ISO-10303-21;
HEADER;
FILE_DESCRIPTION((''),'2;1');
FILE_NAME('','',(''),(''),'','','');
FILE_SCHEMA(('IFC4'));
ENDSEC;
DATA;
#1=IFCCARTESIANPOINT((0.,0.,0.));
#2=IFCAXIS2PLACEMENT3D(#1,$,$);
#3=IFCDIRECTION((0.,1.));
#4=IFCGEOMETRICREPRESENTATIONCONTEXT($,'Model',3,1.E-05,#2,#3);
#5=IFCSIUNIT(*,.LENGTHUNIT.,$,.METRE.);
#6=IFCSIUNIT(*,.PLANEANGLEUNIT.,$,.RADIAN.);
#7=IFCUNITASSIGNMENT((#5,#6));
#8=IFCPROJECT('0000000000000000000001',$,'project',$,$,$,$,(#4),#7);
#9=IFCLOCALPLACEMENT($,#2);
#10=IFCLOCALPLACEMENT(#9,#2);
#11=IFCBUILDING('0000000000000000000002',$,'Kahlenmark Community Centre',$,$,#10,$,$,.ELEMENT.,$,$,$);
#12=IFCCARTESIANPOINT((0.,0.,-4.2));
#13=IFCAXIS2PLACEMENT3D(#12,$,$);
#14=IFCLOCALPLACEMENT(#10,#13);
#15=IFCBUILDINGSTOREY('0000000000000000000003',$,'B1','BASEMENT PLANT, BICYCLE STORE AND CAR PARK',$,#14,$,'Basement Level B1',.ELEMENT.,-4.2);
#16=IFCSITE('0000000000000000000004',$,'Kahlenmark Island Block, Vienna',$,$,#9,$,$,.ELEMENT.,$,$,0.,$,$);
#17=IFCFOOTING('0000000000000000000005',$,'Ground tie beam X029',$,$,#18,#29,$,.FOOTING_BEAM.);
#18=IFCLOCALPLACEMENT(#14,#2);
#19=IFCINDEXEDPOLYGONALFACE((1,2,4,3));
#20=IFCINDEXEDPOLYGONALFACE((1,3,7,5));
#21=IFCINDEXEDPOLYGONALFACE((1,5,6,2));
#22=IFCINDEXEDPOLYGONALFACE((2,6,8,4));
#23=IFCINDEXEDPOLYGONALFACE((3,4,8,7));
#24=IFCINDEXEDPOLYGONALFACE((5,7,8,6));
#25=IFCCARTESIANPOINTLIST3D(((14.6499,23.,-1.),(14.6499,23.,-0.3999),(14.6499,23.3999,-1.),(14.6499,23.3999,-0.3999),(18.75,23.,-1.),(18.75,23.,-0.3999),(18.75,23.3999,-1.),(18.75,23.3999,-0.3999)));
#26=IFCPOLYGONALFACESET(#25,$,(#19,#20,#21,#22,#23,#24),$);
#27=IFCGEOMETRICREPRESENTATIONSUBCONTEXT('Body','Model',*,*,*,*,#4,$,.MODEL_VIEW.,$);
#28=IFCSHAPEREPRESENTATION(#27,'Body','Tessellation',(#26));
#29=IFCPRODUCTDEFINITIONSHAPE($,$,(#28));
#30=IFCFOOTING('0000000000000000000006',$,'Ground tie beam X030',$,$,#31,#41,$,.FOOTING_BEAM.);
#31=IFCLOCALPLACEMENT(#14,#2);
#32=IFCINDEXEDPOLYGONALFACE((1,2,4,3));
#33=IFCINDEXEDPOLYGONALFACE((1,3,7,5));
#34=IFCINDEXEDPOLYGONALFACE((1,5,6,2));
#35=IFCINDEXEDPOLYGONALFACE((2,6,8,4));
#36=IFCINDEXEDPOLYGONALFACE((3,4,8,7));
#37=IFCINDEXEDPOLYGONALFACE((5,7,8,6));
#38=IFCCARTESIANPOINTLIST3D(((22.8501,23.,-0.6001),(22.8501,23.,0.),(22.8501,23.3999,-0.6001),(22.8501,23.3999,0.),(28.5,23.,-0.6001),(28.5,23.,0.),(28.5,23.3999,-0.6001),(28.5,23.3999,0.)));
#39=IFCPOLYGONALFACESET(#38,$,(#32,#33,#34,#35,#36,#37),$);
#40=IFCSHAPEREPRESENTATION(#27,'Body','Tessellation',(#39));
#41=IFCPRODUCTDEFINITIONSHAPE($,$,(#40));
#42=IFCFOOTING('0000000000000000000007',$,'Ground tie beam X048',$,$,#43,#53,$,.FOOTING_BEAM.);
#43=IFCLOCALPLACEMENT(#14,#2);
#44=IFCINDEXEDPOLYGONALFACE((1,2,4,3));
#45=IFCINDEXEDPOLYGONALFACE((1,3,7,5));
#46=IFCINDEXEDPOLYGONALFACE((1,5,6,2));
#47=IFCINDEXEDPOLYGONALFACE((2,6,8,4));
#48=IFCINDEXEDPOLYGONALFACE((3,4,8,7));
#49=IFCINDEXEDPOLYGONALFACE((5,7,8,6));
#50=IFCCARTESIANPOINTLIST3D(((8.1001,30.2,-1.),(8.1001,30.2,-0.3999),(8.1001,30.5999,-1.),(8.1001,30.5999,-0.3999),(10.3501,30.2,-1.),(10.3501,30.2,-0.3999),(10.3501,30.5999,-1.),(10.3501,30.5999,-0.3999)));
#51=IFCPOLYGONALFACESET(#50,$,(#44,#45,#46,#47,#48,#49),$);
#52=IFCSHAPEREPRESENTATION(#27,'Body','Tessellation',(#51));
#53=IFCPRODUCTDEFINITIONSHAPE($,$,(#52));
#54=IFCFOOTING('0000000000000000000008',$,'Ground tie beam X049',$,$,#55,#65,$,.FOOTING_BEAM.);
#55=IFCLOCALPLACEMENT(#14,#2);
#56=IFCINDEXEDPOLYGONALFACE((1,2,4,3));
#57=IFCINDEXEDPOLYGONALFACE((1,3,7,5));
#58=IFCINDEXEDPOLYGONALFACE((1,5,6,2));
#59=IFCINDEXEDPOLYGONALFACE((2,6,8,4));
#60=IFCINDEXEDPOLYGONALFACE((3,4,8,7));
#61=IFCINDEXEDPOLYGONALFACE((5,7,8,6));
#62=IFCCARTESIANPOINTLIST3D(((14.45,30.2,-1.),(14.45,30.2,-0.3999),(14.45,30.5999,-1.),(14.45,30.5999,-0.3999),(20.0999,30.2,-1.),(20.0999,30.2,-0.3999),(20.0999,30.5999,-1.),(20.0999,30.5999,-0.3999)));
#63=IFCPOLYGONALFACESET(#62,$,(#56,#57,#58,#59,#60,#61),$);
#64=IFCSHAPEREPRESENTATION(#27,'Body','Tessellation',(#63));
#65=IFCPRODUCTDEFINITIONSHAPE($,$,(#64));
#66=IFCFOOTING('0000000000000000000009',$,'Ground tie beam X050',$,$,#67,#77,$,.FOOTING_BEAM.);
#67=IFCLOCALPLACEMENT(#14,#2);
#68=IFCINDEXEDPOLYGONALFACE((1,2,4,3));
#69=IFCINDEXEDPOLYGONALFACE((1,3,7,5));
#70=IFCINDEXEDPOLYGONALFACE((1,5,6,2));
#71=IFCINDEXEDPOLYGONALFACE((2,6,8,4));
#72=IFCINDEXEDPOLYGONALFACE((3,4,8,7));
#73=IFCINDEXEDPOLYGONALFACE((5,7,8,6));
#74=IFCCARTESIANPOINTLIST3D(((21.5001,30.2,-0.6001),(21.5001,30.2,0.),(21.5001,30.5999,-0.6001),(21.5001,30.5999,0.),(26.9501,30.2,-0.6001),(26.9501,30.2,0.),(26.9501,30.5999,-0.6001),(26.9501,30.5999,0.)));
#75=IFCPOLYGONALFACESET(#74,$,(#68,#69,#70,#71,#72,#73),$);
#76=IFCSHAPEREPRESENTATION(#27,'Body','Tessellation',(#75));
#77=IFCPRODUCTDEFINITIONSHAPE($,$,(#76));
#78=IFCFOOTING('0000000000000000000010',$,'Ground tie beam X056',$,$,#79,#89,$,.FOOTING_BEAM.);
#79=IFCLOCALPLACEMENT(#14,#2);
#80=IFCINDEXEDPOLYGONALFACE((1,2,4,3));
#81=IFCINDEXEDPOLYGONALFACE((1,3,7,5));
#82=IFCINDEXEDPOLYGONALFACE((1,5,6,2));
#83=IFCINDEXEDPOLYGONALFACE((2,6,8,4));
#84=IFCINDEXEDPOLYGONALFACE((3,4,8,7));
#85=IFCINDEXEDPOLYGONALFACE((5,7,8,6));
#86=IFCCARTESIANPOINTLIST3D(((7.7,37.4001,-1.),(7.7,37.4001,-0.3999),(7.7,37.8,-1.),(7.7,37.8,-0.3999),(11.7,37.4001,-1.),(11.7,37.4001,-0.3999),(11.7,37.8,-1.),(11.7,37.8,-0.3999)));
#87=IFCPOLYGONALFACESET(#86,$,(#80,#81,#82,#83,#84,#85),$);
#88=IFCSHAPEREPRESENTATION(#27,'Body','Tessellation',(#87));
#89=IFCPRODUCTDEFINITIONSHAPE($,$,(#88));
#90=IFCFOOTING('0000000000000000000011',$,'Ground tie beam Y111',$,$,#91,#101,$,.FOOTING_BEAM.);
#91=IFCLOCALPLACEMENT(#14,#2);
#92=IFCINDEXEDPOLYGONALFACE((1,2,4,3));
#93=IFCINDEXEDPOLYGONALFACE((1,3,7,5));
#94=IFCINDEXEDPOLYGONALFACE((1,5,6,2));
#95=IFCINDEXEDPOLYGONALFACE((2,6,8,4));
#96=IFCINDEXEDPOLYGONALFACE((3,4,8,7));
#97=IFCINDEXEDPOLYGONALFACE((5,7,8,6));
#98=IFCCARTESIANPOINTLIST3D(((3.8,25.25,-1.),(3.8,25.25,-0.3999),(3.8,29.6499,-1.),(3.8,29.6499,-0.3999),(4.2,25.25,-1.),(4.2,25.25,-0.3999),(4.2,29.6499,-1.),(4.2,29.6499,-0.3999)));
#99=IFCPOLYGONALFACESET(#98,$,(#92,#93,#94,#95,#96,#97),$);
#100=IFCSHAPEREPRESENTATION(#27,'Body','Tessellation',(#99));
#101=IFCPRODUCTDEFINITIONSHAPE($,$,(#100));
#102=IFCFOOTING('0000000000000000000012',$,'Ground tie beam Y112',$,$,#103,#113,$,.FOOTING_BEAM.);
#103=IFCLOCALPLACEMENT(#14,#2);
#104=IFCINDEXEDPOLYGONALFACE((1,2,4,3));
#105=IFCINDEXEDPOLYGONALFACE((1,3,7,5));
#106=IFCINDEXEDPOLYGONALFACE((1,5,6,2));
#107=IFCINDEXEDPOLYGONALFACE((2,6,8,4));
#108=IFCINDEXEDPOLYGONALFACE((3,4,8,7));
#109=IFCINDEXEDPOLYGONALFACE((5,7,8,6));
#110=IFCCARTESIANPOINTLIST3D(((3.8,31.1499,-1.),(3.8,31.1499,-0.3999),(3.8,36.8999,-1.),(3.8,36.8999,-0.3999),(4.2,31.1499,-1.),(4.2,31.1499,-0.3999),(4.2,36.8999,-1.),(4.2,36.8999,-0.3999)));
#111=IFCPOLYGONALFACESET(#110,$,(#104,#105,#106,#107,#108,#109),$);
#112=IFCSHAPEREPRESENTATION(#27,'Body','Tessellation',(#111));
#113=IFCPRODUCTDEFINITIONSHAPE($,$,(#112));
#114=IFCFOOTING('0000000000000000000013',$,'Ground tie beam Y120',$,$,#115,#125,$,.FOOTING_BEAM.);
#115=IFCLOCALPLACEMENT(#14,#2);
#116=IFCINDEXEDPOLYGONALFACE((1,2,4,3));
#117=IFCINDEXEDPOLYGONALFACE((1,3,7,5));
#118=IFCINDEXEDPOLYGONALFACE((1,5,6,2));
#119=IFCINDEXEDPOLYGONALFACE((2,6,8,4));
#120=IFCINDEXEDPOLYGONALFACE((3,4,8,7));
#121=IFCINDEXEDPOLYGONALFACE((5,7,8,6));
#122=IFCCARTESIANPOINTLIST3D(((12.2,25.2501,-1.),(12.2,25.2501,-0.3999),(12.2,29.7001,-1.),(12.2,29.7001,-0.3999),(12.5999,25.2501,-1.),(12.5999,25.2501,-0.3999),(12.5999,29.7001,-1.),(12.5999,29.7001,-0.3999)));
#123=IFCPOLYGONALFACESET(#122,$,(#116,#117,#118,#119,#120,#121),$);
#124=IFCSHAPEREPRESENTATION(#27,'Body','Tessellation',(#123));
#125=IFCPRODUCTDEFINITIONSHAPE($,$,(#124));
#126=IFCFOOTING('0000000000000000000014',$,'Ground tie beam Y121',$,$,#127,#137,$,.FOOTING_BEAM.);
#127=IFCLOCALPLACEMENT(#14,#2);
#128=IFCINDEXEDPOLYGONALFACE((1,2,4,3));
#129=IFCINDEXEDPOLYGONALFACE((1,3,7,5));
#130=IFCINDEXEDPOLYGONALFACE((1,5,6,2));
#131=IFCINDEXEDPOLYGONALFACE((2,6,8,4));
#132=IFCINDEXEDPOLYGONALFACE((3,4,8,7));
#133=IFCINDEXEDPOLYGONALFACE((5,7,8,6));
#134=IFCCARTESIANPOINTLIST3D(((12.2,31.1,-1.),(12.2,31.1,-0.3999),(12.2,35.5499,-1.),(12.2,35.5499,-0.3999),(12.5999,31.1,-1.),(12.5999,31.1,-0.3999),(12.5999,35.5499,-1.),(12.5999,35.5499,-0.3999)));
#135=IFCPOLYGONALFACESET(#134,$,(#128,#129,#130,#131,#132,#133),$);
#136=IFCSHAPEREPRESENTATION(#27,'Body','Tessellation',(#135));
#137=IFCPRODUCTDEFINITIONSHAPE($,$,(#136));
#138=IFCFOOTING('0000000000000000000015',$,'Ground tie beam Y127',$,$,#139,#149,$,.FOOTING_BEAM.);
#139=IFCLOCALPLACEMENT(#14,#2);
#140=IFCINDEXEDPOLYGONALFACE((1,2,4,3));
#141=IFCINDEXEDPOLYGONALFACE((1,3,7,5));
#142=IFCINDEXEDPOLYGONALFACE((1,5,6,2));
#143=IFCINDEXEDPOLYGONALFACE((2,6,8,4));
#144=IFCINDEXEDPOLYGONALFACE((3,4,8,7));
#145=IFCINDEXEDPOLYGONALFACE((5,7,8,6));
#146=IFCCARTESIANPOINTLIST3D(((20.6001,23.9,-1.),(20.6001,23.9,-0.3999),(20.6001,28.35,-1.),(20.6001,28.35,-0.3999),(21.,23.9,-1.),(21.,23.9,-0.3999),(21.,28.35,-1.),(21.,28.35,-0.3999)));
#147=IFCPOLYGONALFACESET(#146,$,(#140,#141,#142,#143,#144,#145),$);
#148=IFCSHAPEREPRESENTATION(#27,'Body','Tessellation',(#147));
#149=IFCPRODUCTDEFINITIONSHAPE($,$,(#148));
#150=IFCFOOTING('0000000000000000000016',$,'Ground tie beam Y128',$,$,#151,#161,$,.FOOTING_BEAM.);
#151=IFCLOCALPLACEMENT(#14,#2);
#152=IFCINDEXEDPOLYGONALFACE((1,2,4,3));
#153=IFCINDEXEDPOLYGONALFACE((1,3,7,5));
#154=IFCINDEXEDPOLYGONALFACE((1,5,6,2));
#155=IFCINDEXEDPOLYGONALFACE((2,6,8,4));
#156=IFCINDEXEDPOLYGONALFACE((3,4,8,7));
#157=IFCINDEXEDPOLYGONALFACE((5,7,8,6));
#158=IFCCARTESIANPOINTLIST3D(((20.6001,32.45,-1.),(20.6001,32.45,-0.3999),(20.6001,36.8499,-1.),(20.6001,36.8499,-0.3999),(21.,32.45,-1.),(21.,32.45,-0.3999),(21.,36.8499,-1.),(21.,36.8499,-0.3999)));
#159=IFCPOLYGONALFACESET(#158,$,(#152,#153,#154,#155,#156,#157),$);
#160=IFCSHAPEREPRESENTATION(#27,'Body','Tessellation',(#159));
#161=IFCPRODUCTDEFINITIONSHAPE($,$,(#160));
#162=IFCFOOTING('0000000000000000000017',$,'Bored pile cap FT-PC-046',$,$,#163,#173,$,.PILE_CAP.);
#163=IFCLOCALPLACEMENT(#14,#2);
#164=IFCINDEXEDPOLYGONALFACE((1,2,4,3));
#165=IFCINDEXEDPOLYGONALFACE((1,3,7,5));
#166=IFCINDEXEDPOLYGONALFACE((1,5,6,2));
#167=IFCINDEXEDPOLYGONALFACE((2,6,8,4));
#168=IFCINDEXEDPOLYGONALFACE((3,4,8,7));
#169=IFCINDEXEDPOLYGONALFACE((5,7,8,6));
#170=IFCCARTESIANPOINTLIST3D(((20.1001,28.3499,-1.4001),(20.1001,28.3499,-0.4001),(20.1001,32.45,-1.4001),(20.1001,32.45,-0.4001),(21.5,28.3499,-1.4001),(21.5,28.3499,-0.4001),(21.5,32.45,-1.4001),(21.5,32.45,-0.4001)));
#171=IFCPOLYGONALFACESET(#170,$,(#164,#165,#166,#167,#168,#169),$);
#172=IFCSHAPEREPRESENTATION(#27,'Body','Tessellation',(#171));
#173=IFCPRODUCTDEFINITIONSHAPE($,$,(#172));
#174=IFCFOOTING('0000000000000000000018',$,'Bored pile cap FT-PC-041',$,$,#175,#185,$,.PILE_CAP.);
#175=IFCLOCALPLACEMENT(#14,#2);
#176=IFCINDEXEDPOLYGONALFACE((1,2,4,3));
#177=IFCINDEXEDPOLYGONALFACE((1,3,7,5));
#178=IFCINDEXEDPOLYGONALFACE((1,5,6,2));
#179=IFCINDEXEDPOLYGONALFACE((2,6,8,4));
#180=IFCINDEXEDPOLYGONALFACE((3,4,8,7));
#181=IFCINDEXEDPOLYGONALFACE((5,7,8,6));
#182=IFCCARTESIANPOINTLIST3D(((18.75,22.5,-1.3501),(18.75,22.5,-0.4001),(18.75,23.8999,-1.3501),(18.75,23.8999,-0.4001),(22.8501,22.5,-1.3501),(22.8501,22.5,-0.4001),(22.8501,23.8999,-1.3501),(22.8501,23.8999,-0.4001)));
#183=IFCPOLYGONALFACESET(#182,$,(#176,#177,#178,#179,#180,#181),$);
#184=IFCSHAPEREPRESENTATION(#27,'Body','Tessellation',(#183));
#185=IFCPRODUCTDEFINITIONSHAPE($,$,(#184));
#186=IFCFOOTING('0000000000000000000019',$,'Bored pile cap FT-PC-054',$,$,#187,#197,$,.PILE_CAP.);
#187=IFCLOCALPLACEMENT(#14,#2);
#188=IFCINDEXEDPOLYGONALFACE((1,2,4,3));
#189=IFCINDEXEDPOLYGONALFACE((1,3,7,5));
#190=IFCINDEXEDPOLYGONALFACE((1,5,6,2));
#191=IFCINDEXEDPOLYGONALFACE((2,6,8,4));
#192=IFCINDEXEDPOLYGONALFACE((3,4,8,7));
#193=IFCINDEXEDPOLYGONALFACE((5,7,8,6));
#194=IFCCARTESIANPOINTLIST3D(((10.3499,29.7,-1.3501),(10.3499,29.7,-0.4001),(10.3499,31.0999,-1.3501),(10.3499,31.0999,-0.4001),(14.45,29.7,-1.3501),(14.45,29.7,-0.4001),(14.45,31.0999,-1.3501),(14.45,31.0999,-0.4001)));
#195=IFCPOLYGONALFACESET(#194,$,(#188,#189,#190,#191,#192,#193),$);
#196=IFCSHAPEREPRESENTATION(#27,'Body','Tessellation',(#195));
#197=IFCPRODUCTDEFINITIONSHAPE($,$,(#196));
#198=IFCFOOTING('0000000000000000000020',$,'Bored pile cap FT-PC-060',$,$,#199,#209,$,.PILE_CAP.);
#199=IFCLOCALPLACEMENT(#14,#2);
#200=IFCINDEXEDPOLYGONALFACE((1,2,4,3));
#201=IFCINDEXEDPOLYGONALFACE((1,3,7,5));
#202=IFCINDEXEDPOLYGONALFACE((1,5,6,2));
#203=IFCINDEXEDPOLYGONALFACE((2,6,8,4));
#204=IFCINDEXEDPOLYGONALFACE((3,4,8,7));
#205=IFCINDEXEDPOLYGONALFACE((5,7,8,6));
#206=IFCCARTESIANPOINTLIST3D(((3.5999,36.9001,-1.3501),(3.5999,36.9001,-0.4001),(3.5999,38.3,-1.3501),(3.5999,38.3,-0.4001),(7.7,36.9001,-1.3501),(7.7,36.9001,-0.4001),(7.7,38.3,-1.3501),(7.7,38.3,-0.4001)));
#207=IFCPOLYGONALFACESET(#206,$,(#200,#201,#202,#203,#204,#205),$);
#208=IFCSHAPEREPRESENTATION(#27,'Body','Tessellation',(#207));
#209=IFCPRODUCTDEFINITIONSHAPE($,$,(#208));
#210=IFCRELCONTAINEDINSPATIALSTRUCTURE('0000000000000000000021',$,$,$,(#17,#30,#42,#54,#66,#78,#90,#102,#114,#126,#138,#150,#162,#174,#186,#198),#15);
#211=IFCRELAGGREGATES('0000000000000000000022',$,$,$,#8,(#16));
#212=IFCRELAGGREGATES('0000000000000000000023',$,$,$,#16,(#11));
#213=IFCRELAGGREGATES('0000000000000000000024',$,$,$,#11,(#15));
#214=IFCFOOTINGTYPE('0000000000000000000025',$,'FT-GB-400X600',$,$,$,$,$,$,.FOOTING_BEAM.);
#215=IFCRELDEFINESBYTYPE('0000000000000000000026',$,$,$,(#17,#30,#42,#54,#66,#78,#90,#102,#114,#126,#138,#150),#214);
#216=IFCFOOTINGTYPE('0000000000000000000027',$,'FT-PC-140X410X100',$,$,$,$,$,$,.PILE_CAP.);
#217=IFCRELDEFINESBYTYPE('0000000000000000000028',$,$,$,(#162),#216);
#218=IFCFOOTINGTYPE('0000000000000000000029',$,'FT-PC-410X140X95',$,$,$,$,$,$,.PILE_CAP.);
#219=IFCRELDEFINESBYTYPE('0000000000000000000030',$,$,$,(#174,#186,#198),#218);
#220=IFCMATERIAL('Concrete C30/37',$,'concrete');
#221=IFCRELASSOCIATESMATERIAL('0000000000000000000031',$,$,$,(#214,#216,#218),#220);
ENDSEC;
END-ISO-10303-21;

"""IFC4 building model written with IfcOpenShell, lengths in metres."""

from ifc_helpers import new_model, si_unit, direction, frame, origin, origin_2d, place, context, subcontext, project, spatial, rectangle, extrude, material, type_object, element, save


model = new_model("IFC4")

# Units and contexts
model_context = context("Model", 3, precision=1e-05, world=origin(), true_north=direction((0.0, 1.0)))
body_context = subcontext(model_context, "Body", "Model", "MODEL_VIEW")
ifc_project = project(units=[si_unit("LENGTHUNIT", "METRE"), si_unit("PLANEANGLEUNIT", "RADIAN")], contexts=[model_context])

# Site, building, storey
site_placement = place(None, origin())
site = spatial("IfcSite", under=ifc_project, at=site_placement, Name="Kahlenmark Island Block, Vienna", CompositionType="ELEMENT", RefElevation=0.0)
building_placement = place(site_placement, origin())
building = spatial("IfcBuilding", under=site, at=building_placement, Name="Kahlenmark Community Centre", CompositionType="ELEMENT")
storey_placement = place(building_placement, frame((0.0, 0.0, -4.2)))
storey = spatial("IfcBuildingStorey", under=building, at=storey_placement, Name="B1", Description="BASEMENT PLANT, BICYCLE STORE AND CAR PARK", LongName="Basement Level B1", CompositionType="ELEMENT", Elevation=-4.2)

# Footings
ifc_material_1 = material(Name="Concrete C30/37", Category="concrete")
footing_type_1 = type_object("IfcFootingType", Name="FT-GB-400X600", PredefinedType="FOOTING_BEAM", material=ifc_material_1)
footing_1_placement = place(storey_placement, frame((16.7, 23.2, -1.0), z_axis=(0.0, 0.0, 1.0), x_axis=(1.0, 0.0, 0.0)))
element("IfcFooting", 1, at=footing_1_placement, inside=storey, type_object=footing_type_1, Name="Ground tie beam X029", PredefinedType="FOOTING_BEAM", context=body_context, shape_type="SweptSolid", body=[
    extrude(rectangle(XDim=4.1001, YDim=0.3999, at=origin_2d()), origin(), (0.0, 0.0, 1.0), 0.6001),
])
footing_2_placement = place(storey_placement, frame((25.675, 23.2, -0.6001), z_axis=(0.0, 0.0, 1.0), x_axis=(1.0, 0.0, 0.0)))
element("IfcFooting", 2, at=footing_2_placement, inside=storey, type_object=footing_type_1, Name="Ground tie beam X030", PredefinedType="FOOTING_BEAM", context=body_context, shape_type="SweptSolid", body=[
    extrude(rectangle(XDim=5.6499, YDim=0.3999, at=origin_2d()), origin(), (0.0, 0.0, 1.0), 0.6001),
])
footing_3_placement = place(storey_placement, frame((9.2251, 30.3999, -1.0), z_axis=(0.0, 0.0, 1.0), x_axis=(1.0, 0.0, 0.0)))
element("IfcFooting", 3, at=footing_3_placement, inside=storey, type_object=footing_type_1, Name="Ground tie beam X048", PredefinedType="FOOTING_BEAM", context=body_context, shape_type="SweptSolid", body=[
    extrude(rectangle(XDim=2.25, YDim=0.3999, at=origin_2d()), origin(), (0.0, 0.0, 1.0), 0.6001),
])
footing_4_placement = place(storey_placement, frame((17.2749, 30.3999, -1.0), z_axis=(0.0, 0.0, 1.0), x_axis=(1.0, 0.0, 0.0)))
element("IfcFooting", 4, at=footing_4_placement, inside=storey, type_object=footing_type_1, Name="Ground tie beam X049", PredefinedType="FOOTING_BEAM", context=body_context, shape_type="SweptSolid", body=[
    extrude(rectangle(XDim=5.6499, YDim=0.3999, at=origin_2d()), origin(), (0.0, 0.0, 1.0), 0.6001),
])
footing_5_placement = place(storey_placement, frame((24.2251, 30.3999, -0.6001), z_axis=(0.0, 0.0, 1.0), x_axis=(1.0, 0.0, 0.0)))
element("IfcFooting", 5, at=footing_5_placement, inside=storey, type_object=footing_type_1, Name="Ground tie beam X050", PredefinedType="FOOTING_BEAM", context=body_context, shape_type="SweptSolid", body=[
    extrude(rectangle(XDim=5.45, YDim=0.3999, at=origin_2d()), origin(), (0.0, 0.0, 1.0), 0.6001),
])
footing_6_placement = place(storey_placement, frame((9.7, 37.6001, -1.0), z_axis=(0.0, 0.0, 1.0), x_axis=(1.0, 0.0, 0.0)))
element("IfcFooting", 6, at=footing_6_placement, inside=storey, type_object=footing_type_1, Name="Ground tie beam X056", PredefinedType="FOOTING_BEAM", context=body_context, shape_type="SweptSolid", body=[
    extrude(rectangle(XDim=4.0, YDim=0.3999, at=origin_2d()), origin(), (0.0, 0.0, 1.0), 0.6001),
])
footing_7_placement = place(storey_placement, frame((4.0, 27.45, -1.0), z_axis=(0.0, 0.0, 1.0), x_axis=(1.0, 0.0, 0.0)))
element("IfcFooting", 7, at=footing_7_placement, inside=storey, type_object=footing_type_1, Name="Ground tie beam Y111", PredefinedType="FOOTING_BEAM", context=body_context, shape_type="SweptSolid", body=[
    extrude(rectangle(XDim=0.3999, YDim=4.3999, at=origin_2d()), origin(), (0.0, 0.0, 1.0), 0.6001),
])
footing_8_placement = place(storey_placement, frame((4.0, 34.0249, -1.0), z_axis=(0.0, 0.0, 1.0), x_axis=(1.0, 0.0, 0.0)))
element("IfcFooting", 8, at=footing_8_placement, inside=storey, type_object=footing_type_1, Name="Ground tie beam Y112", PredefinedType="FOOTING_BEAM", context=body_context, shape_type="SweptSolid", body=[
    extrude(rectangle(XDim=0.3999, YDim=5.75, at=origin_2d()), origin(), (0.0, 0.0, 1.0), 0.6001),
])
for number, where, z_axis, x_axis, name in (
    (9, (12.3999, 27.4751, -1.0), (0.0, 0.0, 1.0), (1.0, 0.0, 0.0), "Ground tie beam Y120"),
    (10, (12.3999, 33.325, -1.0), (0.0, 0.0, 1.0), (1.0, 0.0, 0.0), "Ground tie beam Y121"),
    (11, (20.8, 26.125, -1.0), (0.0, 0.0, 1.0), (1.0, 0.0, 0.0), "Ground tie beam Y127"),
):
    element("IfcFooting", number, at=place(storey_placement, frame(where, z_axis=z_axis, x_axis=x_axis)), inside=storey, type_object=footing_type_1, Name=name, PredefinedType="FOOTING_BEAM", context=body_context, shape_type="SweptSolid", body=[
        extrude(rectangle(XDim=0.3999, YDim=4.45, at=origin_2d()), origin(), (0.0, 0.0, 1.0), 0.6001),
    ])
footing_9_placement = place(storey_placement, frame((20.8, 34.6499, -1.0), z_axis=(0.0, 0.0, 1.0), x_axis=(1.0, 0.0, 0.0)))
element("IfcFooting", 12, at=footing_9_placement, inside=storey, type_object=footing_type_1, Name="Ground tie beam Y128", PredefinedType="FOOTING_BEAM", context=body_context, shape_type="SweptSolid", body=[
    extrude(rectangle(XDim=0.3999, YDim=4.3999, at=origin_2d()), origin(), (0.0, 0.0, 1.0), 0.6001),
])
footing_type_2 = type_object("IfcFootingType", Name="FT-PC-140X410X100", PredefinedType="PILE_CAP", material=ifc_material_1)
footing_10_placement = place(storey_placement, frame((20.8, 30.3999, -1.4001), z_axis=(0.0, 0.0, 1.0), x_axis=(1.0, 0.0, 0.0)))
element("IfcFooting", 13, at=footing_10_placement, inside=storey, type_object=footing_type_2, Name="Bored pile cap FT-PC-046", PredefinedType="PILE_CAP", context=body_context, shape_type="SweptSolid", body=[
    extrude(rectangle(XDim=1.3999, YDim=4.1001, at=origin_2d()), origin(), (0.0, 0.0, 1.0), 1.0),
])
footing_type_3 = type_object("IfcFootingType", Name="FT-PC-410X140X95", PredefinedType="PILE_CAP", material=ifc_material_1)
for number, where, z_axis, x_axis, name in (
    (14, (20.8, 23.2, -1.3501), (0.0, 0.0, 1.0), (1.0, 0.0, 0.0), "Bored pile cap FT-PC-041"),
    (15, (12.3999, 30.3999, -1.3501), (0.0, 0.0, 1.0), (1.0, 0.0, 0.0), "Bored pile cap FT-PC-054"),
    (16, (5.6499, 37.6001, -1.3501), (0.0, 0.0, 1.0), (1.0, 0.0, 0.0), "Bored pile cap FT-PC-060"),
):
    element("IfcFooting", number, at=place(storey_placement, frame(where, z_axis=z_axis, x_axis=x_axis)), inside=storey, type_object=footing_type_3, Name=name, PredefinedType="PILE_CAP", context=body_context, shape_type="SweptSolid", body=[
        extrude(rectangle(XDim=4.1001, YDim=1.3999, at=origin_2d()), origin(), (0.0, 0.0, 1.0), 0.95),
    ])

save(model, "model.ifc")
